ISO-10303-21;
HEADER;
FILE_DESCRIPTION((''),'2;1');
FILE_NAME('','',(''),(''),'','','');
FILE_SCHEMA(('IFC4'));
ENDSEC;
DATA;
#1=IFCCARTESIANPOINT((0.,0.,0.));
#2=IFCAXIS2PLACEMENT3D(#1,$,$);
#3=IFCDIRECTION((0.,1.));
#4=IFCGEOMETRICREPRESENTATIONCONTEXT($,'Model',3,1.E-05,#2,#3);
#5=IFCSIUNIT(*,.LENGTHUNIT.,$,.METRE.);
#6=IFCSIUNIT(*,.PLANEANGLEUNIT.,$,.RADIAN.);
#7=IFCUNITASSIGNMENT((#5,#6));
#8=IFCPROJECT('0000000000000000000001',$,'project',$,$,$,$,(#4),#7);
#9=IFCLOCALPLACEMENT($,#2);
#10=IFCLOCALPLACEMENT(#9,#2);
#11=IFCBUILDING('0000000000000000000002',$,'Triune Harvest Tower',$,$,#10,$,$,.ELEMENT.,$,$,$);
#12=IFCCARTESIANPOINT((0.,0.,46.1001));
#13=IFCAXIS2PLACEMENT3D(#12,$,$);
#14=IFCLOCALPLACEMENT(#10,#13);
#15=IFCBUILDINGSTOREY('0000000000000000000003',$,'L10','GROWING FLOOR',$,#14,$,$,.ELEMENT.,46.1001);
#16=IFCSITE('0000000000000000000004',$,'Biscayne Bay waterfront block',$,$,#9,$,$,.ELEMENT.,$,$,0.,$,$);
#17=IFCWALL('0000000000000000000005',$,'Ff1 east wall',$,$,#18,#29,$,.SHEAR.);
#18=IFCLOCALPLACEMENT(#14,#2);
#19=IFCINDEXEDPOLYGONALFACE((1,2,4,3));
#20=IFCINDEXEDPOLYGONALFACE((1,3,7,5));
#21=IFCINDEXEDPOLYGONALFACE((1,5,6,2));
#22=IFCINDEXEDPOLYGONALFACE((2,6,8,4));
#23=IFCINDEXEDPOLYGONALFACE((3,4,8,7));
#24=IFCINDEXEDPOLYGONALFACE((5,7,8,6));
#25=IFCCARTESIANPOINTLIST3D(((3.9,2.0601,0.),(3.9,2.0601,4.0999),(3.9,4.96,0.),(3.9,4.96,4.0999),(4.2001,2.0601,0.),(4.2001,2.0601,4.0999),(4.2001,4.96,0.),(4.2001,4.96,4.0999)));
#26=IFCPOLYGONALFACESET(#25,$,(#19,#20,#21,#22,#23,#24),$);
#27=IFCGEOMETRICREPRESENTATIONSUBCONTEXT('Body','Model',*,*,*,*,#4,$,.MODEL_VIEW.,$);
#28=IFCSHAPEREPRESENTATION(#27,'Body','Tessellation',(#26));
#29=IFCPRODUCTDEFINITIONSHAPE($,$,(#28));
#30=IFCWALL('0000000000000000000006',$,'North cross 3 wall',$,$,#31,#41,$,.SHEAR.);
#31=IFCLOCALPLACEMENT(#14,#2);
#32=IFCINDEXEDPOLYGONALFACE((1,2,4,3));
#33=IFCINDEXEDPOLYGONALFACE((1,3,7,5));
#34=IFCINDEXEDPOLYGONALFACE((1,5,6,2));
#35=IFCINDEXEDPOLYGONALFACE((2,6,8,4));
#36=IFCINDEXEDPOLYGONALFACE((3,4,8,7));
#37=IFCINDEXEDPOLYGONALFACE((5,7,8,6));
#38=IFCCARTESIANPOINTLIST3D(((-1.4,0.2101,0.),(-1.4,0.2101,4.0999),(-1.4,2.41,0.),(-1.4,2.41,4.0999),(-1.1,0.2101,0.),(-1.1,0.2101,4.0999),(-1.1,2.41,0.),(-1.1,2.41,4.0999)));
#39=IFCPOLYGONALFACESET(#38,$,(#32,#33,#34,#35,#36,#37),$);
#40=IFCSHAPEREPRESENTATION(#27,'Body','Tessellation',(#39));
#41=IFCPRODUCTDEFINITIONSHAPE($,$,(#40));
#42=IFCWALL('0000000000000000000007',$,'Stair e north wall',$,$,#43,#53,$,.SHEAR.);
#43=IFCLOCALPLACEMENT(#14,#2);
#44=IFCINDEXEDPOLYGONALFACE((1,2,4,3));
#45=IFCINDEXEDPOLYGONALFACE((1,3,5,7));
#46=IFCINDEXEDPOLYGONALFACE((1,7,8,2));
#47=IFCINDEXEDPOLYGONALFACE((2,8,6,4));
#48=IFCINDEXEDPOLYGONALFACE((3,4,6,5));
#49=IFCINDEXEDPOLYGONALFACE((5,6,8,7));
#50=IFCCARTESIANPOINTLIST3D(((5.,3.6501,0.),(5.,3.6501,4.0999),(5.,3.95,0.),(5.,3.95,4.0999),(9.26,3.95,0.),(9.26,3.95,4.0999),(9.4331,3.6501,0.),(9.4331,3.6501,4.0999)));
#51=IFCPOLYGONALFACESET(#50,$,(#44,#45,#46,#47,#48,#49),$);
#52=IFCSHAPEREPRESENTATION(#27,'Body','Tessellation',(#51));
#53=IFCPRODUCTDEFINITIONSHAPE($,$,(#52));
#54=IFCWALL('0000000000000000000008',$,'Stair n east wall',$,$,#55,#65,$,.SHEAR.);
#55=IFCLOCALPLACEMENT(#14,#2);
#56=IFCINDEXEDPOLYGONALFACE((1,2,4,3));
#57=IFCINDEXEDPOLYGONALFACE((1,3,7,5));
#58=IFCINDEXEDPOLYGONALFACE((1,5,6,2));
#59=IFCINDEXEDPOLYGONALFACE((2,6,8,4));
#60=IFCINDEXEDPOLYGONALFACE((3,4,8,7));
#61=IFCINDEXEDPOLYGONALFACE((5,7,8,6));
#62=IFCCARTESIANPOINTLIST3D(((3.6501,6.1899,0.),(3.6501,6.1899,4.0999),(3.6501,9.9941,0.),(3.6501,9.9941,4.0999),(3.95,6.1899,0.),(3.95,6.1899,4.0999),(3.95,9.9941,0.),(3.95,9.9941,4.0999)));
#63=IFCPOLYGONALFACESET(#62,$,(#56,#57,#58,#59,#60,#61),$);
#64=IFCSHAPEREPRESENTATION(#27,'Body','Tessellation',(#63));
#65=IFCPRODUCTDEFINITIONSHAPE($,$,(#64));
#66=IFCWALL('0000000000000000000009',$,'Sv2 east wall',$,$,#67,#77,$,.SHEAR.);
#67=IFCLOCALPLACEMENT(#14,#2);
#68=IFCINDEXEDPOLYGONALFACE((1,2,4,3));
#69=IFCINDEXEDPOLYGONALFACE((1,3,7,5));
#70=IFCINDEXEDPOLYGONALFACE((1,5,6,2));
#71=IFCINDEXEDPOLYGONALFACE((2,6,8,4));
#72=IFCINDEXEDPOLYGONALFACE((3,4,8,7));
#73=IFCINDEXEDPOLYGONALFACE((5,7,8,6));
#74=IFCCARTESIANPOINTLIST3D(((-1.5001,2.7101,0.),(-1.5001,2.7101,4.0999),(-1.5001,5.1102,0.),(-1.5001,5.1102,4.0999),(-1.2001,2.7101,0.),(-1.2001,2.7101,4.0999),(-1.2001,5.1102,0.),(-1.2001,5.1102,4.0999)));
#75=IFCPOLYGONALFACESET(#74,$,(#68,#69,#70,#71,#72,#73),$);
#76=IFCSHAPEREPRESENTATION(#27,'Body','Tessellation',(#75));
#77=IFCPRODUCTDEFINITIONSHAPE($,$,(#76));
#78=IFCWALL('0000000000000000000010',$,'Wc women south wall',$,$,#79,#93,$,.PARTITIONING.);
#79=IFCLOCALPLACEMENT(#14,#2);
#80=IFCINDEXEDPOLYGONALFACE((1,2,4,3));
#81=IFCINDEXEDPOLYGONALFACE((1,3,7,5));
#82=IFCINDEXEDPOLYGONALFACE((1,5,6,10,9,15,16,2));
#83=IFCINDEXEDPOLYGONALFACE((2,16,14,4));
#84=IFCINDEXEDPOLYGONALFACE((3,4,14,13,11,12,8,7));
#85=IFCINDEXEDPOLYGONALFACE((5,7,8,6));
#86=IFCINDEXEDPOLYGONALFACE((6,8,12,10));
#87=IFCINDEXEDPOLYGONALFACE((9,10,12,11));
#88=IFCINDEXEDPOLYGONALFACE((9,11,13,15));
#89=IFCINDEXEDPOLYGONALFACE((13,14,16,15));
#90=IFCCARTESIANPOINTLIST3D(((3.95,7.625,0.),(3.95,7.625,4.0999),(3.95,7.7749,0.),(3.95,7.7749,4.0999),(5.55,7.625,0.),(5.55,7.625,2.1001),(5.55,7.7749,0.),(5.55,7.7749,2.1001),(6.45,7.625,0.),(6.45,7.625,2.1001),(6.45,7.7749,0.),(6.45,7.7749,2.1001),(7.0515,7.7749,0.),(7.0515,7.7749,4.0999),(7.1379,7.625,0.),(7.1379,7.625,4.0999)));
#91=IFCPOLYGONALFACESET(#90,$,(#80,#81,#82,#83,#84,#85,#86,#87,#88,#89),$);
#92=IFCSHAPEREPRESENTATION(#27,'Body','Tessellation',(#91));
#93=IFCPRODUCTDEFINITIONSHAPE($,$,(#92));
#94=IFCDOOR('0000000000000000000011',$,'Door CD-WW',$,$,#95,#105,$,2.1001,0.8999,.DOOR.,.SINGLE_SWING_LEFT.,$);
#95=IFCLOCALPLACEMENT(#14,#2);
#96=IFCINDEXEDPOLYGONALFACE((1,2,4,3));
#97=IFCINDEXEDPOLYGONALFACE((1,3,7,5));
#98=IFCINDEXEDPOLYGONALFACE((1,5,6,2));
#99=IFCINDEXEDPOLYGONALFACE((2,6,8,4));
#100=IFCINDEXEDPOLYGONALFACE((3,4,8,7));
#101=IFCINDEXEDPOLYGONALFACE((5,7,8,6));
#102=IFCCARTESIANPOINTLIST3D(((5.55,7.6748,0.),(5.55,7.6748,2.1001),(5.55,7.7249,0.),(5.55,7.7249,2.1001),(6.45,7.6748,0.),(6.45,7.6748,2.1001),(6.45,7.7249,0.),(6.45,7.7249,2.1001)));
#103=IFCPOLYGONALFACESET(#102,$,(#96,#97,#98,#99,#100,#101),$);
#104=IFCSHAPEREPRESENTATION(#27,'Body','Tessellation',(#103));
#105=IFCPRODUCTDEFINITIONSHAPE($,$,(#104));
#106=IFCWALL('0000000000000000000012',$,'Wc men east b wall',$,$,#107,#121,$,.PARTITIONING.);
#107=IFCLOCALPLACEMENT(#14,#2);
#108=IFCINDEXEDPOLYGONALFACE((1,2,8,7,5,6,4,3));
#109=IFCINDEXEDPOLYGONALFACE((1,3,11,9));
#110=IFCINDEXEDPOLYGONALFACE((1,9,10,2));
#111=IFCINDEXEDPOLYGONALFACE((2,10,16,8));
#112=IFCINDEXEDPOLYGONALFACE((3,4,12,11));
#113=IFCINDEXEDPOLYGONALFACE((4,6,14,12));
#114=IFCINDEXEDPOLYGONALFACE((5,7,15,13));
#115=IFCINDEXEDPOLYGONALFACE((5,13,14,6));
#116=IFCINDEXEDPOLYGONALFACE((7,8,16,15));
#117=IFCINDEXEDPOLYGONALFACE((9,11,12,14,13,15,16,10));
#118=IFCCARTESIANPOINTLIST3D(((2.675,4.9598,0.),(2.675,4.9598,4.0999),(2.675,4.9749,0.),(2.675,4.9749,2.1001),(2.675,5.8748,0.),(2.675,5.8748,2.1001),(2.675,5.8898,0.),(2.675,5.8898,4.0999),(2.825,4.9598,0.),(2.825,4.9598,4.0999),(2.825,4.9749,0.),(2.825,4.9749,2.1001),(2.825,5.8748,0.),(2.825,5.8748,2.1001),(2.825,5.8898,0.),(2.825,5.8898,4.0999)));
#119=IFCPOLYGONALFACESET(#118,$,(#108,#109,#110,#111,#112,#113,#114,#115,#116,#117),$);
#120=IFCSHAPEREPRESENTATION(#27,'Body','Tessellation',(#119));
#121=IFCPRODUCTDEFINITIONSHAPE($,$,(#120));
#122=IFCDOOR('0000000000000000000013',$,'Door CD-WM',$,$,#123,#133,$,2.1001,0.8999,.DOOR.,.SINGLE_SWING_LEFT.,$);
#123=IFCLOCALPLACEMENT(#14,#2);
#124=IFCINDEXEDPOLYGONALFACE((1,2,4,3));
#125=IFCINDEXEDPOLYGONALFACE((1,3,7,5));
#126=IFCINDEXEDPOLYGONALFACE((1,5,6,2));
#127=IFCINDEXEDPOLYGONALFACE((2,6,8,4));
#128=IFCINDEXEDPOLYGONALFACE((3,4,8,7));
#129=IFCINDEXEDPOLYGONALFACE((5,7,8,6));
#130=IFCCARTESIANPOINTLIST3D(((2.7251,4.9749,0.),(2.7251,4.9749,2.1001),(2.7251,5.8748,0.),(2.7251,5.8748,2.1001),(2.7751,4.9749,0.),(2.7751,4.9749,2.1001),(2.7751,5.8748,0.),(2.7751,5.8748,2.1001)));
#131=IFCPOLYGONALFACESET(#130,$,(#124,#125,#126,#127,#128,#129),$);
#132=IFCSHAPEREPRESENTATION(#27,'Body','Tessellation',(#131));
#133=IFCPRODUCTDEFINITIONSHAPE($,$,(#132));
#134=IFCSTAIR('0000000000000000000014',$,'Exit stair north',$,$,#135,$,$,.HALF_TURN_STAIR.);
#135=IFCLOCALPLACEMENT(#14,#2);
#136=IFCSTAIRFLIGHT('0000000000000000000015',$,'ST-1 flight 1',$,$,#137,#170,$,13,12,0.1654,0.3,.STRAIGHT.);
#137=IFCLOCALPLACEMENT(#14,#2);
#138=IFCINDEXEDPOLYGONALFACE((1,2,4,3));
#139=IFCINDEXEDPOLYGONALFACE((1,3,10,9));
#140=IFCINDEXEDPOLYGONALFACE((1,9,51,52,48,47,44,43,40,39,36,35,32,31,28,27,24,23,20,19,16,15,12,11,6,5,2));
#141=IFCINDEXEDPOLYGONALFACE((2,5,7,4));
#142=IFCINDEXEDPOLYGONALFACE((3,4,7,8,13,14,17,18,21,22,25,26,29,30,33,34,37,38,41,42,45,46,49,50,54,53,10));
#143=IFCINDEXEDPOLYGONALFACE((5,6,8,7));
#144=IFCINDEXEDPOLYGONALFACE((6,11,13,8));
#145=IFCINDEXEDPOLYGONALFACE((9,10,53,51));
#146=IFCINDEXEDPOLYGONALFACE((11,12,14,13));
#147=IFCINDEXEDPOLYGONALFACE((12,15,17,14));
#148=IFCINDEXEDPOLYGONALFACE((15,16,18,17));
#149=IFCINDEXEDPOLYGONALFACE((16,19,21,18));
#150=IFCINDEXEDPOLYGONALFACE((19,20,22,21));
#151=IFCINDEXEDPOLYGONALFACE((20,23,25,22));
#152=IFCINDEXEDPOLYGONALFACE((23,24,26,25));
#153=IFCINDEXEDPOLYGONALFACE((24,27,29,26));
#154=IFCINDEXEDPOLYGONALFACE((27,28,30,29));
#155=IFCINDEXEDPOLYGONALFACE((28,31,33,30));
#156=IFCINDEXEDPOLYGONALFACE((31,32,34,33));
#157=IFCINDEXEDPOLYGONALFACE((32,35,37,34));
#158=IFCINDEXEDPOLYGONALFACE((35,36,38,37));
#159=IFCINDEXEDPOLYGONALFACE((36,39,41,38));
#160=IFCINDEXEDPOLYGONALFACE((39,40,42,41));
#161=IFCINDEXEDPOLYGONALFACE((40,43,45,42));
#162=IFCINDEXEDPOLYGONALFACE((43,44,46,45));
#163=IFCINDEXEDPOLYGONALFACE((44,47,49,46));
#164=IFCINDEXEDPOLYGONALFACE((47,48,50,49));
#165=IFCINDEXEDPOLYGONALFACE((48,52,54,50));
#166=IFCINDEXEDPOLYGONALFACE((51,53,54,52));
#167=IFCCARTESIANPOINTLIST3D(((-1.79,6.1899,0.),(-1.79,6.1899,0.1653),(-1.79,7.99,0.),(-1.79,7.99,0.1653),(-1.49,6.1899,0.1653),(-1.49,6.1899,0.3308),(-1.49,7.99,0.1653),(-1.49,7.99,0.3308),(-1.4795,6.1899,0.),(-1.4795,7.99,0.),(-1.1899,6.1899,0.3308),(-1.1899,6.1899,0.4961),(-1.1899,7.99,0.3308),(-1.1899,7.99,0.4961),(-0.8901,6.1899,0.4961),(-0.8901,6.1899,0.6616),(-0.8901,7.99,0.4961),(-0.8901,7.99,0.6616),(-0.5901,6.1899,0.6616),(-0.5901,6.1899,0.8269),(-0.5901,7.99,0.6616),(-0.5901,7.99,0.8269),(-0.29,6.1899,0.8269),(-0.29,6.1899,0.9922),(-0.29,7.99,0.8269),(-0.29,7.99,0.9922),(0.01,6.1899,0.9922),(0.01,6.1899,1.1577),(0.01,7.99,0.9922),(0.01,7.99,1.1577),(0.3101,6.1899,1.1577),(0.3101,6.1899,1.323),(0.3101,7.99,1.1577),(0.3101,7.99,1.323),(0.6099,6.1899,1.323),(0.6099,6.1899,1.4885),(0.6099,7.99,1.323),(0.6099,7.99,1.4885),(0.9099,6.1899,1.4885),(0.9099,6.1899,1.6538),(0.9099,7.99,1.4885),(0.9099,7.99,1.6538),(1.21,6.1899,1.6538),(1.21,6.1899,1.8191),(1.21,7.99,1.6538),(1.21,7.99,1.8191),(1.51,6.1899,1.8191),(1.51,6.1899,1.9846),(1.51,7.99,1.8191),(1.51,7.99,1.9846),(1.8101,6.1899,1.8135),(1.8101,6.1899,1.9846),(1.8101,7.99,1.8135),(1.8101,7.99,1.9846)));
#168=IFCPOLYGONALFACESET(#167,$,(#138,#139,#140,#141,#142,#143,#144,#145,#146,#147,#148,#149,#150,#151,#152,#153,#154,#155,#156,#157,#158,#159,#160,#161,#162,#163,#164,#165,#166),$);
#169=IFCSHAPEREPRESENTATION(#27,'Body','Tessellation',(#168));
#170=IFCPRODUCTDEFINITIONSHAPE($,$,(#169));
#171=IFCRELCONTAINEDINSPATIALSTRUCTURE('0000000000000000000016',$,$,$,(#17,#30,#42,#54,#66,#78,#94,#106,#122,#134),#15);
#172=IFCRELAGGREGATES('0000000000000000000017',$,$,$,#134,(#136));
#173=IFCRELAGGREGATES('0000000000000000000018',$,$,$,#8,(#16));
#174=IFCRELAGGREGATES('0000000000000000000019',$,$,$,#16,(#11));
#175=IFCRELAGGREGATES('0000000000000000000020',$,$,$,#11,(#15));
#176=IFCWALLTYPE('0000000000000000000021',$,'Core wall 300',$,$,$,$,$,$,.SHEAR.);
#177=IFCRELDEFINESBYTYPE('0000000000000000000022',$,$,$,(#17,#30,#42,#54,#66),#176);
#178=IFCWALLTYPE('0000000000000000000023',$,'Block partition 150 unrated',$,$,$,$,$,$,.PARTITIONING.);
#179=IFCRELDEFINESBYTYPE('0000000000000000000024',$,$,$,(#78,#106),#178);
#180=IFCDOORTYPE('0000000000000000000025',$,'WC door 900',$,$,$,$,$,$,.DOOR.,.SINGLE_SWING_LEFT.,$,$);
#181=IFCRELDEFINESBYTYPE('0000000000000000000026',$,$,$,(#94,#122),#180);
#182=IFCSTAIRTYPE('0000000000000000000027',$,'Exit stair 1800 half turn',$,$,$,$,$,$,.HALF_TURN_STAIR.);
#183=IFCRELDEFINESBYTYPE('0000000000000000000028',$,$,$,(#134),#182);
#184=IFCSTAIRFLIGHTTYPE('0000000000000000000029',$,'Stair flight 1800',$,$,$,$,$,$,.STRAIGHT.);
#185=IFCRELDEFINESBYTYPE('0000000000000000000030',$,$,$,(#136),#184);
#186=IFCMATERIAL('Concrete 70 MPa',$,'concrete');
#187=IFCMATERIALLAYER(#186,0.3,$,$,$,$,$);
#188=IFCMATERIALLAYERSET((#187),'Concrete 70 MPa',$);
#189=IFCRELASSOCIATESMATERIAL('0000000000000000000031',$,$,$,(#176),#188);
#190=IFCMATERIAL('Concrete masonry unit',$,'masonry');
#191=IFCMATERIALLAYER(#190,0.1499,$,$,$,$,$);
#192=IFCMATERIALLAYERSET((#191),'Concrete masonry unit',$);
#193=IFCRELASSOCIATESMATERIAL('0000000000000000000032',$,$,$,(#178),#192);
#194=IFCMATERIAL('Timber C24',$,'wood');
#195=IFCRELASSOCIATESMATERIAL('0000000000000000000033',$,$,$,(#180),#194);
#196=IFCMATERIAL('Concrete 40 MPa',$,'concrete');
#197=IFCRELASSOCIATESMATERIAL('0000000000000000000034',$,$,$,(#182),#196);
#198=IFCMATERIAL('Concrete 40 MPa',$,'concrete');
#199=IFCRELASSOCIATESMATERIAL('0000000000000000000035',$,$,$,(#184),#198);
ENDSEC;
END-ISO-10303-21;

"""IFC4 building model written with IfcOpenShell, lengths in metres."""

from ifc_helpers import new_model, si_unit, direction, frame, frame_2d, origin, place, context, subcontext, project, spatial, polyline, rectangle, outline, extrude, source, transform, mapped, material, layer, layer_set, type_object, element, fill, aggregate, save


model = new_model("IFC4")

# Units and contexts
model_context = context("Model", 3, precision=1e-05, world=origin(), true_north=direction((0.0, 1.0)))
body_context = subcontext(model_context, "Body", "Model", "MODEL_VIEW")
ifc_project = project(units=[si_unit("LENGTHUNIT", "METRE"), si_unit("PLANEANGLEUNIT", "RADIAN")], contexts=[model_context])

# Site, building, storey
site_placement = place(None, origin())
site = spatial("IfcSite", under=ifc_project, at=site_placement, Name="Biscayne Bay waterfront block", CompositionType="ELEMENT", RefElevation=0.0)
building_placement = place(site_placement, origin())
building = spatial("IfcBuilding", under=site, at=building_placement, Name="Triune Harvest Tower", CompositionType="ELEMENT")
storey_placement = place(building_placement, frame((0.0, 0.0, 46.1001)))
storey = spatial("IfcBuildingStorey", under=building, at=storey_placement, Name="L10", Description="GROWING FLOOR", CompositionType="ELEMENT", Elevation=46.1001)

# Shared definitions
ifc_material_1 = material(Name="Concrete 70 MPa", Category="concrete")
ifc_layer_1 = layer(ifc_material_1, 0.3)
ifc_layer_set_1 = layer_set([ifc_layer_1], Name="Concrete 70 MPa")
wall_type_1 = type_object("IfcWallType", Name="Core wall 300", PredefinedType="SHEAR", material=ifc_layer_set_1)

# Walls
shared_shape_1 = source(origin(), body_context, "Body", "SweptSolid", [
    extrude(rectangle(XDim=2.8999, YDim=0.3, at=frame_2d((1.45, 0.0))), origin(), (0.0, 0.0, 1.0), 4.0999),
])
wall_1_placement = place(storey_placement, frame((4.05, 2.0601, 0.0), z_axis=(0.0, 0.0, 1.0), x_axis=(0.0, 1.0, 0.0)))
element("IfcWall", 1, at=wall_1_placement, inside=storey, type_object=wall_type_1, Name="Ff1 east wall", PredefinedType="SHEAR", context=body_context, shape_type="MappedRepresentation", body=[
    mapped(shared_shape_1, transform((0.0, 0.0, 0.0), scale=1.0)),
])
shared_shape_2 = source(origin(), body_context, "Body", "SweptSolid", [
    extrude(rectangle(XDim=2.2, YDim=0.3, at=frame_2d((1.1001, 0.0))), origin(), (0.0, 0.0, 1.0), 4.0999),
])
wall_2_placement = place(storey_placement, frame((-1.25, 0.21, 0.0), z_axis=(0.0, 0.0, 1.0), x_axis=(0.0, 1.0, 0.0)))
element("IfcWall", 2, at=wall_2_placement, inside=storey, type_object=wall_type_1, Name="North cross 3 wall", PredefinedType="SHEAR", context=body_context, shape_type="MappedRepresentation", body=[
    mapped(shared_shape_2, transform((0.0, 0.0, 0.0), scale=1.0)),
])
shared_shape_3 = source(origin(), body_context, "Body", "SweptSolid", [
    extrude(outline(polyline([(0.0, -0.1499), (0.0, 0.1499), (4.26, 0.1499), (4.4331, -0.1499), (0.0, -0.1499)])), origin(), (0.0, 0.0, 1.0), 4.0999),
])
wall_3_placement = place(storey_placement, frame((5.0, 3.8, 0.0), z_axis=(0.0, 0.0, 1.0), x_axis=(1.0, 0.0, 0.0)))
element("IfcWall", 3, at=wall_3_placement, inside=storey, type_object=wall_type_1, Name="Stair e north wall", PredefinedType="SHEAR", context=body_context, shape_type="MappedRepresentation", body=[
    mapped(shared_shape_3, transform((0.0, 0.0, 0.0), scale=1.0)),
])
shared_shape_4 = source(origin(), body_context, "Body", "SweptSolid", [
    extrude(outline(polyline([(0.0, -0.1499), (0.0, 0.1499), (3.8042, 0.1499), (3.8042, -0.1499), (0.0, -0.1499)])), origin(), (0.0, 0.0, 1.0), 4.0999),
])
wall_4_placement = place(storey_placement, frame((3.8, 6.1899, 0.0), z_axis=(0.0, 0.0, 1.0), x_axis=(0.0, 1.0, 0.0)))
element("IfcWall", 4, at=wall_4_placement, inside=storey, type_object=wall_type_1, Name="Stair n east wall", PredefinedType="SHEAR", context=body_context, shape_type="MappedRepresentation", body=[
    mapped(shared_shape_4, transform((0.0, 0.0, 0.0), scale=1.0)),
])
shared_shape_5 = source(origin(), body_context, "Body", "SweptSolid", [
    extrude(rectangle(XDim=2.4001, YDim=0.3, at=frame_2d((1.2002, 0.0))), origin(), (0.0, 0.0, 1.0), 4.0999),
])
wall_5_placement = place(storey_placement, frame((-1.3501, 2.71, 0.0), z_axis=(0.0, 0.0, 1.0), x_axis=(0.0, 1.0, 0.0)))
element("IfcWall", 5, at=wall_5_placement, inside=storey, type_object=wall_type_1, Name="Sv2 east wall", PredefinedType="SHEAR", context=body_context, shape_type="MappedRepresentation", body=[
    mapped(shared_shape_5, transform((0.0, 0.0, 0.0), scale=1.0)),
])

# Walls, openings, doors
ifc_material_2 = material(Name="Concrete masonry unit", Category="masonry")
ifc_layer_2 = layer(ifc_material_2, 0.1499)
ifc_layer_set_2 = layer_set([ifc_layer_2], Name="Concrete masonry unit")
wall_type_2 = type_object("IfcWallType", Name="Block partition 150 unrated", PredefinedType="PARTITIONING", material=ifc_layer_set_2)
shared_shape_6 = source(origin(), body_context, "Body", "SweptSolid", [
    extrude(outline(polyline([(0.0, -0.075), (0.0, 0.075), (3.1016, 0.075), (3.188, -0.075), (0.0, -0.075)])), origin(), (0.0, 0.0, 1.0), 4.0999),
])
wall_6_placement = place(storey_placement, frame((3.95, 7.7, 0.0), z_axis=(0.0, 0.0, 1.0), x_axis=(1.0, 0.0, 0.0)))
wall_6 = element("IfcWall", 6, at=wall_6_placement, inside=storey, type_object=wall_type_2, Name="Wc women south wall", PredefinedType="PARTITIONING", context=body_context, shape_type="MappedRepresentation", body=[
    mapped(shared_shape_6, transform((0.0, 0.0, 0.0), scale=1.0)),
])
opening_1_placement = place(wall_6_placement, frame((1.6001, 0.0, 0.0)))
opening_1 = element("IfcOpeningElement", 7, at=opening_1_placement, cuts=wall_6, PredefinedType="OPENING", context=body_context, shape_type="SweptSolid", body=[
    extrude(rectangle(XDim=0.8999, YDim=2.1001, at=frame_2d((0.45, 1.05))), frame((0.0, 0.085, 0.0), z_axis=(0.0, -1.0, 0.0), x_axis=(1.0, 0.0, 0.0)), (0.0, 0.0, 1.0), 0.1699),
])
ifc_material_3 = material(Name="Timber C24", Category="wood")
door_type_1 = type_object("IfcDoorType", Name="WC door 900", OperationType="SINGLE_SWING_LEFT", PredefinedType="DOOR", material=ifc_material_3)
door_1_placement = place(opening_1_placement, origin())
door_1 = element("IfcDoor", 8, at=door_1_placement, inside=storey, type_object=door_type_1, Name="Door CD-WW", OperationType="SINGLE_SWING_LEFT", OverallHeight=2.1001, OverallWidth=0.8999, PredefinedType="DOOR", context=body_context, shape_type="SweptSolid", body=[
    extrude(rectangle(XDim=0.8999, YDim=2.1001, at=frame_2d((0.45, 1.05))), frame((0.0, 0.0249, 0.0), z_axis=(0.0, -1.0, 0.0), x_axis=(1.0, 0.0, 0.0)), (0.0, 0.0, 1.0), 0.05),
])
fill(opening_1, door_1)
shared_shape_7 = source(origin(), body_context, "Body", "SweptSolid", [
    extrude(rectangle(XDim=0.9299, YDim=0.1499, at=frame_2d((0.4648, 0.0))), origin(), (0.0, 0.0, 1.0), 4.0999),
])
wall_7_placement = place(storey_placement, frame((2.75, 4.96, 0.0), z_axis=(0.0, 0.0, 1.0), x_axis=(0.0, 1.0, 0.0)))
wall_7 = element("IfcWall", 9, at=wall_7_placement, inside=storey, type_object=wall_type_2, Name="Wc men east b wall", PredefinedType="PARTITIONING", context=body_context, shape_type="MappedRepresentation", body=[
    mapped(shared_shape_7, transform((0.0, 0.0, 0.0), scale=1.0)),
])
opening_2_placement = place(wall_7_placement, frame((0.0149, 0.0, 0.0)))
opening_2 = element("IfcOpeningElement", 10, at=opening_2_placement, cuts=wall_7, PredefinedType="OPENING", context=body_context, shape_type="SweptSolid", body=[
    extrude(rectangle(XDim=0.8999, YDim=2.1001, at=frame_2d((0.45, 1.05))), frame((0.0, 0.085, 0.0), z_axis=(0.0, -1.0, 0.0), x_axis=(1.0, 0.0, 0.0)), (0.0, 0.0, 1.0), 0.1699),
])
door_2_placement = place(opening_2_placement, origin())
door_2 = element("IfcDoor", 11, at=door_2_placement, inside=storey, type_object=door_type_1, Name="Door CD-WM", OperationType="SINGLE_SWING_LEFT", OverallHeight=2.1001, OverallWidth=0.8999, PredefinedType="DOOR", context=body_context, shape_type="SweptSolid", body=[
    extrude(rectangle(XDim=0.8999, YDim=2.1001, at=frame_2d((0.45, 1.05))), frame((0.0, 0.0249, 0.0), z_axis=(0.0, -1.0, 0.0), x_axis=(1.0, 0.0, 0.0)), (0.0, 0.0, 1.0), 0.05),
])
fill(opening_2, door_2)

# Stair, stair flight
ifc_material_4 = material(Name="Concrete 40 MPa", Category="concrete")
stair_type = type_object("IfcStairType", Name="Exit stair 1800 half turn", PredefinedType="HALF_TURN_STAIR", material=ifc_material_4)
stair_1_placement = place(storey_placement, origin())
stair_1 = element("IfcStair", 12, at=stair_1_placement, inside=storey, type_object=stair_type, Name="Exit stair north", PredefinedType="HALF_TURN_STAIR")
ifc_material_5 = material(Name="Concrete 40 MPa", Category="concrete")
stair_flight_type = type_object("IfcStairFlightType", Name="Stair flight 1800", PredefinedType="STRAIGHT", material=ifc_material_5)
shared_shape_8 = source(origin(), body_context, "Body", "SweptSolid", [
    extrude(outline(polyline([(0.0, 0.0), (0.0, 0.1653), (0.3, 0.1653), (0.3, 0.3308), (0.6001, 0.3308), (0.6001, 0.4961), (0.8999, 0.4961), (0.8999, 0.6616), (1.2, 0.6616), (1.2, 0.8269), (1.5, 0.8269), (1.5, 0.9922), (1.8, 0.9922), (1.8, 1.1577), (2.1001, 1.1577), (2.1001, 1.323), (2.3999, 1.323), (2.3999, 1.4885), (2.7, 1.4885), (2.7, 1.6538), (3.0, 1.6538), (3.0, 1.8191), (3.3, 1.8191), (3.3, 1.9846), (3.6001, 1.9846), (3.6001, 2.1499), (3.6001, 1.8135), (0.3105, 0.0), (0.0, 0.0)])), frame((0.0, 0.8999, 0.0), z_axis=(0.0, -1.0, 0.0), x_axis=(1.0, 0.0, 0.0)), (0.0, 0.0, 1.0), 1.8),
])
stair_flight_1_placement = place(storey_placement, frame((-1.79, 7.0901, 0.0), z_axis=(0.0, 0.0, 1.0), x_axis=(1.0, 0.0, 0.0)))
stair_flight_1 = element("IfcStairFlight", 13, at=stair_flight_1_placement, type_object=stair_flight_type, Name="ST-1 flight 1", NumberOfRisers=13, NumberOfTreads=12, PredefinedType="STRAIGHT", RiserHeight=0.1654, TreadLength=0.3, context=body_context, shape_type="MappedRepresentation", body=[
    mapped(shared_shape_8, transform((0.0, 0.0, 0.0), scale=1.0)),
])
aggregate(stair_1, [stair_flight_1])

save(model, "model.ifc")
